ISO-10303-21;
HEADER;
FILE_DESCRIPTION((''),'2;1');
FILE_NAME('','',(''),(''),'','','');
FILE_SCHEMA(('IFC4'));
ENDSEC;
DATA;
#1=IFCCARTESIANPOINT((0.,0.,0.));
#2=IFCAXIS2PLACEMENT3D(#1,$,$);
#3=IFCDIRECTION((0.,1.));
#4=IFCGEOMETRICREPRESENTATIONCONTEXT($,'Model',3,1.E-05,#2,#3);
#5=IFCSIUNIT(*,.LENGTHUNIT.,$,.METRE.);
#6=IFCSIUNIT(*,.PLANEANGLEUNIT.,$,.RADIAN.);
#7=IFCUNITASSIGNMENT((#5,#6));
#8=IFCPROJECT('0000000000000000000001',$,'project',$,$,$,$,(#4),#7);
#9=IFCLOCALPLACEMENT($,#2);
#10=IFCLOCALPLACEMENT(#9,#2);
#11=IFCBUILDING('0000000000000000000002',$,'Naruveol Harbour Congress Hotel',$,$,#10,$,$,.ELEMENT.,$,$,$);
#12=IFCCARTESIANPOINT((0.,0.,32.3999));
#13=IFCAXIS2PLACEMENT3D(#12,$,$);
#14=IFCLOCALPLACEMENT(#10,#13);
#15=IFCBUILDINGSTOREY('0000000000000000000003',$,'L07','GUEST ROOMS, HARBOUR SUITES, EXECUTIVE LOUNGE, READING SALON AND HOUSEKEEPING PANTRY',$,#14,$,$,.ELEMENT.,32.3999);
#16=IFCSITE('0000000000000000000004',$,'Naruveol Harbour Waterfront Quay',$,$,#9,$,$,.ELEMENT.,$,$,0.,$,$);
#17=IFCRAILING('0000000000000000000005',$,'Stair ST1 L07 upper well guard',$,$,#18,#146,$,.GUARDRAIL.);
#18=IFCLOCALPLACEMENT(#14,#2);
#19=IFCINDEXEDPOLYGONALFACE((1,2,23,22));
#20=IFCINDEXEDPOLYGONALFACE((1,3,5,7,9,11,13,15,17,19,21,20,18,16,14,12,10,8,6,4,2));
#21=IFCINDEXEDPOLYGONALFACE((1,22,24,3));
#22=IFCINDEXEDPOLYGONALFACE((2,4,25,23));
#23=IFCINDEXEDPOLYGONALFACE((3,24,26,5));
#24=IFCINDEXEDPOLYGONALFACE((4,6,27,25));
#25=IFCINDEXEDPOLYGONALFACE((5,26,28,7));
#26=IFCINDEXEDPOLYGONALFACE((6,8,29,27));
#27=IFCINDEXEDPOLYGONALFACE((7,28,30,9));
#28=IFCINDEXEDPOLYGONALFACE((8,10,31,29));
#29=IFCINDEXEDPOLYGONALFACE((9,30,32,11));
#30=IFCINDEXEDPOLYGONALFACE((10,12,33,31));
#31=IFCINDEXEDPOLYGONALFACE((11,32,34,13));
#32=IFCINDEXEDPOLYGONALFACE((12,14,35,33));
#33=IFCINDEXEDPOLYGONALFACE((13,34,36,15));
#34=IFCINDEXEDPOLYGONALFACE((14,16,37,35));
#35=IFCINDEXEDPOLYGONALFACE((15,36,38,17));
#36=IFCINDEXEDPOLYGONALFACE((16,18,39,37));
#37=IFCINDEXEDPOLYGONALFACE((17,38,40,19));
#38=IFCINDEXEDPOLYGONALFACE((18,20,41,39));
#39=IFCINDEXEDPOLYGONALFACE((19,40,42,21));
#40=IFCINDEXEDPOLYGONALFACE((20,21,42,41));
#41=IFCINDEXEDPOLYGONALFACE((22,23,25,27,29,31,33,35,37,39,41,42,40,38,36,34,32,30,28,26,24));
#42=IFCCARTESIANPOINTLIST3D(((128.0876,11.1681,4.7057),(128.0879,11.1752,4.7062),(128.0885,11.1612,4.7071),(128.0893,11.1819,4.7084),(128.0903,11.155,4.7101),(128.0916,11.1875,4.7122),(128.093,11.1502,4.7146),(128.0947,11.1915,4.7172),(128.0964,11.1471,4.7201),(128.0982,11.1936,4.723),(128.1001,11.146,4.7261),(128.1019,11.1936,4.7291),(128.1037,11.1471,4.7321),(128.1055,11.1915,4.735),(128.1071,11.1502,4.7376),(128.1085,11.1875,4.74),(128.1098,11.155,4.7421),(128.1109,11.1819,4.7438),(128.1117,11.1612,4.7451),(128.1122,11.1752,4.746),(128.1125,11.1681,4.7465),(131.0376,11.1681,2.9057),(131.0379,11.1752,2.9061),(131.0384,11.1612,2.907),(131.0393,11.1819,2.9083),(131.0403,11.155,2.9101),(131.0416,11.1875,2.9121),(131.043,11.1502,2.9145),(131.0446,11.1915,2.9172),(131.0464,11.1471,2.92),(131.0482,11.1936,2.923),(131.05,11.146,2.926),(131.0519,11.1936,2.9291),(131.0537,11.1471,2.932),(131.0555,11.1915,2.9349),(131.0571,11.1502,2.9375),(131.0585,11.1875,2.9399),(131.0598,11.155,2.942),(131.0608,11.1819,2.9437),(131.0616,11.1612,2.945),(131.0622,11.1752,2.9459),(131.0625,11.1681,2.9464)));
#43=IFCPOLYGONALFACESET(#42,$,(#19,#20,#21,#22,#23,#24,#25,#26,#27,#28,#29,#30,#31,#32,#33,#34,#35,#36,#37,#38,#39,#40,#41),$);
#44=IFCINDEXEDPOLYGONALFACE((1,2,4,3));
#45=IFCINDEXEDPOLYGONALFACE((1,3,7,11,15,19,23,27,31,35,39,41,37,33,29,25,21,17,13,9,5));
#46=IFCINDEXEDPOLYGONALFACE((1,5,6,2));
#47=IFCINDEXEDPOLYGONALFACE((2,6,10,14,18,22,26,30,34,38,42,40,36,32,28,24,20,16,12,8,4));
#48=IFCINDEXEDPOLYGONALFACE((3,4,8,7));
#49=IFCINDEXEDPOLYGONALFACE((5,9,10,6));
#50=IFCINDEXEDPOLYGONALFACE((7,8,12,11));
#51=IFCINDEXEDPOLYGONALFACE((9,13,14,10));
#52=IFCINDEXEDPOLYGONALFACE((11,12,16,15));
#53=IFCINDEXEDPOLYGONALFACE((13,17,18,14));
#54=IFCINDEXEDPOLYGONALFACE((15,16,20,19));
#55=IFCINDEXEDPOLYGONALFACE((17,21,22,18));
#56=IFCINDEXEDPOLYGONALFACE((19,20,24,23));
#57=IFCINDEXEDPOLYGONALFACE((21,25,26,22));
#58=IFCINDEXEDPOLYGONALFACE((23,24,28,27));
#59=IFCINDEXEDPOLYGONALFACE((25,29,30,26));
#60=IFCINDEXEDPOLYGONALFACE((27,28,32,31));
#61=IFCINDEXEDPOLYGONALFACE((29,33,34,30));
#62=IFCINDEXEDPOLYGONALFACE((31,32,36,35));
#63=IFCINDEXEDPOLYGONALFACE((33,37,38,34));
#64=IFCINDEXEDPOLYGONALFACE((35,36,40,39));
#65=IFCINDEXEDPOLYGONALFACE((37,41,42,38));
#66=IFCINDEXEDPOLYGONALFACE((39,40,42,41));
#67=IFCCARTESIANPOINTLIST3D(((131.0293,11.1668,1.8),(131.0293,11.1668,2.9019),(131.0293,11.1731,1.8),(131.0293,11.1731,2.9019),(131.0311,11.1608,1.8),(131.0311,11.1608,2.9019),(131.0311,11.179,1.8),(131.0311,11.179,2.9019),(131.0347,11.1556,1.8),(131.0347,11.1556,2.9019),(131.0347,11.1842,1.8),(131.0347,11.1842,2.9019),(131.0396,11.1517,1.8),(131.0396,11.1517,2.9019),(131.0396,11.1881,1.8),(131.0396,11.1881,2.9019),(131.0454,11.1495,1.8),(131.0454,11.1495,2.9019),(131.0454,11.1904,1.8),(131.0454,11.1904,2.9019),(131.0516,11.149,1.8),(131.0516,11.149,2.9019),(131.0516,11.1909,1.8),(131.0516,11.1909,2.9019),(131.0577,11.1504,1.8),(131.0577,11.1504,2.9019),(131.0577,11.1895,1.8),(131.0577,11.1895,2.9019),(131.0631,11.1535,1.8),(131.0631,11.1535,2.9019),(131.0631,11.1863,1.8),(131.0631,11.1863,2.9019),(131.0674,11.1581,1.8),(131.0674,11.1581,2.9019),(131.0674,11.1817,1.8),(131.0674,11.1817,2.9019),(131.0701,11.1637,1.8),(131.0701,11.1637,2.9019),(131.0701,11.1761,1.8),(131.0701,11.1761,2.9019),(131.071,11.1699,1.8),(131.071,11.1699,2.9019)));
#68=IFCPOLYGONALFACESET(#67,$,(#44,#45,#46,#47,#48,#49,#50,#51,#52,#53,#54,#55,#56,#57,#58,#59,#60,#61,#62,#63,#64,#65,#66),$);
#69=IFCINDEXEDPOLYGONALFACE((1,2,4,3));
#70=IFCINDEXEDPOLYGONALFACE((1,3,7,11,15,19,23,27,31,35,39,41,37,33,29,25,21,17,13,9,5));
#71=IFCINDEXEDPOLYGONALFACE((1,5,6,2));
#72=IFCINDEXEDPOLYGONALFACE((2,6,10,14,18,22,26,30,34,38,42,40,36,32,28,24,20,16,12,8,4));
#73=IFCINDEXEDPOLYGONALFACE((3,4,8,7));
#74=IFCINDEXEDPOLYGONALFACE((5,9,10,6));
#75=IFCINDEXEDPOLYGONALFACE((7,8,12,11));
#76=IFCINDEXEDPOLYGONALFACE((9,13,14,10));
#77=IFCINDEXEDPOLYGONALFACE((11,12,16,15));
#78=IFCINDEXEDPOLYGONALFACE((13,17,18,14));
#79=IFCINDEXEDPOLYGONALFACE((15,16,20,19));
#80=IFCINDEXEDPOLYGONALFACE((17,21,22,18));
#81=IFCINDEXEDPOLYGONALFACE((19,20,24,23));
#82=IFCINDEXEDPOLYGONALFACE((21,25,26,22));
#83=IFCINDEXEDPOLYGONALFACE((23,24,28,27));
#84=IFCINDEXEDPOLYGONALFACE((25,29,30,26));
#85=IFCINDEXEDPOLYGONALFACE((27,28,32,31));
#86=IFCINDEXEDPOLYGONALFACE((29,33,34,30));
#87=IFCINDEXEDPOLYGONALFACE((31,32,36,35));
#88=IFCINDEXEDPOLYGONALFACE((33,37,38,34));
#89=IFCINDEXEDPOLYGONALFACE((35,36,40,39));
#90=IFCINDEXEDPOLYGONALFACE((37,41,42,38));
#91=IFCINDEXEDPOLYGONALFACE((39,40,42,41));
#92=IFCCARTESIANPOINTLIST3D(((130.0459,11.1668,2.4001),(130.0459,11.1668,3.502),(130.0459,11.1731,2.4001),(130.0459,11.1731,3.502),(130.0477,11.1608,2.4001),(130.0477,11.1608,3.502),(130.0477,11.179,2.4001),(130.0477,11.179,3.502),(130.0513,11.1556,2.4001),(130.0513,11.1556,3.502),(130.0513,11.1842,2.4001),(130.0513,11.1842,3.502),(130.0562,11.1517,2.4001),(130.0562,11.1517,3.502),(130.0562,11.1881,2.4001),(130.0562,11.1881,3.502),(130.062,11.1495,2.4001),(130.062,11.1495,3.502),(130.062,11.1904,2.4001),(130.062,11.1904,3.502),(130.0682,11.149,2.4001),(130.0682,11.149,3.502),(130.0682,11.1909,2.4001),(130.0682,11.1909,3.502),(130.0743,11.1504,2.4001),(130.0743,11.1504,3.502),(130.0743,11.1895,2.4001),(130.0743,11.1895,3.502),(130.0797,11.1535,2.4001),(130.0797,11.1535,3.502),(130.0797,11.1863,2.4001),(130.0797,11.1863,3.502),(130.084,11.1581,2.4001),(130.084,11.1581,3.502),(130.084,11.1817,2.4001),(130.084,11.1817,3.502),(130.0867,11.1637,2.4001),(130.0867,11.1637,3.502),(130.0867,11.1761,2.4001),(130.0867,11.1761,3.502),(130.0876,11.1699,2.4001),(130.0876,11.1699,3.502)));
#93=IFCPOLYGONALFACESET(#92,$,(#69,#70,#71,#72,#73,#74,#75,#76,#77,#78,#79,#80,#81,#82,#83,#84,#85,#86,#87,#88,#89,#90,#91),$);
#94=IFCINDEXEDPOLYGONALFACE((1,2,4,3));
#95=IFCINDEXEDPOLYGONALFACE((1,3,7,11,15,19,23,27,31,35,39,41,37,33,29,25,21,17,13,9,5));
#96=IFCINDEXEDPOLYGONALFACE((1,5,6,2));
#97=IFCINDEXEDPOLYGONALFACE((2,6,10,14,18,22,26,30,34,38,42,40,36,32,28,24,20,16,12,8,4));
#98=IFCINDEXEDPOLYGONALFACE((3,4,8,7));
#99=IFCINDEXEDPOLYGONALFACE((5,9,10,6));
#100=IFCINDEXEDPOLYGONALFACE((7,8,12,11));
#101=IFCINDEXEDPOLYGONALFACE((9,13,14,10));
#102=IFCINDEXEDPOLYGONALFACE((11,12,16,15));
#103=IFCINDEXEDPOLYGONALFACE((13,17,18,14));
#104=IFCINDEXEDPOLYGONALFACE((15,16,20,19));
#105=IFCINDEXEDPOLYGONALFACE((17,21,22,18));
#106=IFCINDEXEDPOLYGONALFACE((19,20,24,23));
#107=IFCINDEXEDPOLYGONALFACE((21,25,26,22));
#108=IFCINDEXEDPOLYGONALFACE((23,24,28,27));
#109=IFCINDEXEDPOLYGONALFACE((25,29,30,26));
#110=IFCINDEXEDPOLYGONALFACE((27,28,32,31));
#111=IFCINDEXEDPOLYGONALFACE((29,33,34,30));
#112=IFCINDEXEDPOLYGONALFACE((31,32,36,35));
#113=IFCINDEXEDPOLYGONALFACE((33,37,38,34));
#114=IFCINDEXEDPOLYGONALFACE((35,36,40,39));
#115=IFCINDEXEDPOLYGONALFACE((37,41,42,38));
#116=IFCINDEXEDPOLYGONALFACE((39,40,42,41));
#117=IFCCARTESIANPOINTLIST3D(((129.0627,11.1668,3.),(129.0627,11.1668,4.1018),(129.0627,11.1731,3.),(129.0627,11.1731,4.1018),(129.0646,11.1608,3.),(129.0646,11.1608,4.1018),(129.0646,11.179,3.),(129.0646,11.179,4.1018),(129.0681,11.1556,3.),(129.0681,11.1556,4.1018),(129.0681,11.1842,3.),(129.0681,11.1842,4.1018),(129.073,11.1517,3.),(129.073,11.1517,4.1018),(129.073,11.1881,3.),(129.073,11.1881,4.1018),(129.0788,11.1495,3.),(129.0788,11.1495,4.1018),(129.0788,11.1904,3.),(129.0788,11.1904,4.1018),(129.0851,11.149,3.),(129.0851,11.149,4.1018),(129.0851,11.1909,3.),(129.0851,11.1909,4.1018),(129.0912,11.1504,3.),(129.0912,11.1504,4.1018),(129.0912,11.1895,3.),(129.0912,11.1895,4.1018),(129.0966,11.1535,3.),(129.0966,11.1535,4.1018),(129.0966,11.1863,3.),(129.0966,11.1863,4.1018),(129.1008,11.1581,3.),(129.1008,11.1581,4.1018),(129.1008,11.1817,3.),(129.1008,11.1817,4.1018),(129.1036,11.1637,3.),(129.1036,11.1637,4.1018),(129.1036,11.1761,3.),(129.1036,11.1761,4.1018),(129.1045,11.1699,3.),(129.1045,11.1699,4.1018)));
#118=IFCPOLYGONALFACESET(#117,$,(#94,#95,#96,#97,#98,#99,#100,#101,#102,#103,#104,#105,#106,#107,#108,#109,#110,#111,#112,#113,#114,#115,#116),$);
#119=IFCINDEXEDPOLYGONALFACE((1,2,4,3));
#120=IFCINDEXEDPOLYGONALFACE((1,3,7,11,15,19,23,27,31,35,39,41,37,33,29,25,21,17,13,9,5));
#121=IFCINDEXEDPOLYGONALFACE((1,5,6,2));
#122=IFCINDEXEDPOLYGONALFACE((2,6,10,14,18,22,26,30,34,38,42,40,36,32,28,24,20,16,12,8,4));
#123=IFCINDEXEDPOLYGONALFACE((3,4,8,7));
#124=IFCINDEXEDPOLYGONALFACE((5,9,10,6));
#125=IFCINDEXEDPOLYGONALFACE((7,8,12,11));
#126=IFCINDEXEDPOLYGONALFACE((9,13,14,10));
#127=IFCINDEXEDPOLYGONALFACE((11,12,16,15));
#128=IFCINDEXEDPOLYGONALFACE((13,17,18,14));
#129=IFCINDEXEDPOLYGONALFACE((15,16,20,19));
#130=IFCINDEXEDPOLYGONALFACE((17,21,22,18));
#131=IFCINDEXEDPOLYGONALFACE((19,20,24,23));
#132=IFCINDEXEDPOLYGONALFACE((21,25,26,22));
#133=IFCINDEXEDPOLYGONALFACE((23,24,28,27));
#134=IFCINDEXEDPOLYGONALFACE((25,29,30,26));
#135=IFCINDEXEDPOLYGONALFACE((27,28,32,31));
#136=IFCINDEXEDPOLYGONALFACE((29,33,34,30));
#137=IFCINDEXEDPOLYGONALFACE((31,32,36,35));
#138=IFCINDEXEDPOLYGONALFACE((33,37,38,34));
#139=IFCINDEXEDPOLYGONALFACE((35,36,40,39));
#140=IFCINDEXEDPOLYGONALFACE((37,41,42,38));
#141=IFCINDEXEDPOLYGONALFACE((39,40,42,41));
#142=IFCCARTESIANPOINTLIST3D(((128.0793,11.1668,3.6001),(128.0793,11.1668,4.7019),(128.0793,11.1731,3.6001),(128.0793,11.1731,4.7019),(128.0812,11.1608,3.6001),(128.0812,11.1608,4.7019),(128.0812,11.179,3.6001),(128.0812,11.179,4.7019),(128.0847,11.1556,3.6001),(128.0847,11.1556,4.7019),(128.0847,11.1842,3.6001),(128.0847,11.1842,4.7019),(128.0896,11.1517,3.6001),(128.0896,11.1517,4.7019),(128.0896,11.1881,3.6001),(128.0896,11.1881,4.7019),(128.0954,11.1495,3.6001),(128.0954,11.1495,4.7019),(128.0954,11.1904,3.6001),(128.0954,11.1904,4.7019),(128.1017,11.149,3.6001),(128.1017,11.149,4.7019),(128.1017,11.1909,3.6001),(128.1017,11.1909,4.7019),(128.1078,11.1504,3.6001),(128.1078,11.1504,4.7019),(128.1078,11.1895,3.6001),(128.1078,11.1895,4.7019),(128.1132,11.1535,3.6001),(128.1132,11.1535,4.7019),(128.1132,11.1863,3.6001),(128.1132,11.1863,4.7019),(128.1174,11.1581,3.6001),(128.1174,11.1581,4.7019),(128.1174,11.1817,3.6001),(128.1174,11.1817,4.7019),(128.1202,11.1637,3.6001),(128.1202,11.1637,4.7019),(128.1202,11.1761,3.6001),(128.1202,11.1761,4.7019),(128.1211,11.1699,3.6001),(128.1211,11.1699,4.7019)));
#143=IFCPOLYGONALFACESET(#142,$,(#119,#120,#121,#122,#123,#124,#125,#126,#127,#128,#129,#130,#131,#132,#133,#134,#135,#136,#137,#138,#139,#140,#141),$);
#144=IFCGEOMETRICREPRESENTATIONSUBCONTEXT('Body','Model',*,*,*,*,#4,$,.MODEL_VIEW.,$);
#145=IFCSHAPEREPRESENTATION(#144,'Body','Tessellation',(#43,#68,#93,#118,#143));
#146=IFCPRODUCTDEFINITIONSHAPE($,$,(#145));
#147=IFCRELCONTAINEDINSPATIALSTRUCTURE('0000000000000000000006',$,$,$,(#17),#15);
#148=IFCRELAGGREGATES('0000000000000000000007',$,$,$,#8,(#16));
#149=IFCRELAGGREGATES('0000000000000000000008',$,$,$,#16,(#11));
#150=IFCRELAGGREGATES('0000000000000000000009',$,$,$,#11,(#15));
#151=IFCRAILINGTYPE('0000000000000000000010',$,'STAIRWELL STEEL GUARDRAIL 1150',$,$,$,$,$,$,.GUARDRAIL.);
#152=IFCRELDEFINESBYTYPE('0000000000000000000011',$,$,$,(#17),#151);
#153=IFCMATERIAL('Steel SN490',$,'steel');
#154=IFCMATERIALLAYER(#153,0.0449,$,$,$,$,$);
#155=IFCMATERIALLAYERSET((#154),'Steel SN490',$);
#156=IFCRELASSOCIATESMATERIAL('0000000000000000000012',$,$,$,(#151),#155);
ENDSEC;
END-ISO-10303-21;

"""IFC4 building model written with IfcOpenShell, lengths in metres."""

from ifc_helpers import new_model, si_unit, direction, frame, origin, origin_2d, place, context, subcontext, project, spatial, circle, extrude, material, layer, layer_set, type_object, element, save


model = new_model("IFC4")

# Units and contexts
model_context = context("Model", 3, precision=1e-05, world=origin(), true_north=direction((0.0, 1.0)))
body_context = subcontext(model_context, "Body", "Model", "MODEL_VIEW")
ifc_project = project(units=[si_unit("LENGTHUNIT", "METRE"), si_unit("PLANEANGLEUNIT", "RADIAN")], contexts=[model_context])

# Site, building, storey
site_placement = place(None, origin())
site = spatial("IfcSite", under=ifc_project, at=site_placement, Name="Naruveol Harbour Waterfront Quay", CompositionType="ELEMENT", RefElevation=0.0)
building_placement = place(site_placement, origin())
building = spatial("IfcBuilding", under=site, at=building_placement, Name="Naruveol Harbour Congress Hotel", CompositionType="ELEMENT")
storey_placement = place(building_placement, frame((0.0, 0.0, 32.3999)))
storey = spatial("IfcBuildingStorey", under=building, at=storey_placement, Name="L07", Description="GUEST ROOMS, HARBOUR SUITES, EXECUTIVE LOUNGE, READING SALON AND HOUSEKEEPING PANTRY", CompositionType="ELEMENT", Elevation=32.3999)

# Railing
ifc_material_1 = material(Name="Steel SN490", Category="steel")
ifc_layer_1 = layer(ifc_material_1, 0.0449)
ifc_layer_set_1 = layer_set([ifc_layer_1], Name="Steel SN490")
railing_type_1 = type_object("IfcRailingType", Name="STAIRWELL STEEL GUARDRAIL 1150", PredefinedType="GUARDRAIL", material=ifc_layer_set_1)
railing_1_placement = place(storey_placement, frame((131.05, 11.1699, 1.8)))
element("IfcRailing", 1, at=railing_1_placement, inside=storey, type_object=railing_type_1, Name="Stair ST1 L07 upper well guard", PredefinedType="GUARDRAIL", context=body_context, shape_type="SweptSolid", body=[
    extrude(circle(Radius=0.0239, at=origin_2d()), frame((0.0, 0.0, 1.126), z_axis=(-0.853629, 0.0, 0.520881), x_axis=(0.0, -1.0, 0.0)), (0.0, 0.0, 1.0), 3.4558),
    extrude(circle(Radius=0.021, at=origin_2d()), origin(), (0.0, 0.0, 1.0), 1.1018),
    extrude(circle(Radius=0.021, at=origin_2d()), frame((-0.9834, 0.0, 0.6001)), (0.0, 0.0, 1.0), 1.1018),
    extrude(circle(Radius=0.021, at=origin_2d()), frame((-1.9666, 0.0, 1.2)), (0.0, 0.0, 1.0), 1.1018),
    extrude(circle(Radius=0.021, at=origin_2d()), frame((-2.95, 0.0, 1.8)), (0.0, 0.0, 1.0), 1.1018),
])

save(model, "model.ifc")
